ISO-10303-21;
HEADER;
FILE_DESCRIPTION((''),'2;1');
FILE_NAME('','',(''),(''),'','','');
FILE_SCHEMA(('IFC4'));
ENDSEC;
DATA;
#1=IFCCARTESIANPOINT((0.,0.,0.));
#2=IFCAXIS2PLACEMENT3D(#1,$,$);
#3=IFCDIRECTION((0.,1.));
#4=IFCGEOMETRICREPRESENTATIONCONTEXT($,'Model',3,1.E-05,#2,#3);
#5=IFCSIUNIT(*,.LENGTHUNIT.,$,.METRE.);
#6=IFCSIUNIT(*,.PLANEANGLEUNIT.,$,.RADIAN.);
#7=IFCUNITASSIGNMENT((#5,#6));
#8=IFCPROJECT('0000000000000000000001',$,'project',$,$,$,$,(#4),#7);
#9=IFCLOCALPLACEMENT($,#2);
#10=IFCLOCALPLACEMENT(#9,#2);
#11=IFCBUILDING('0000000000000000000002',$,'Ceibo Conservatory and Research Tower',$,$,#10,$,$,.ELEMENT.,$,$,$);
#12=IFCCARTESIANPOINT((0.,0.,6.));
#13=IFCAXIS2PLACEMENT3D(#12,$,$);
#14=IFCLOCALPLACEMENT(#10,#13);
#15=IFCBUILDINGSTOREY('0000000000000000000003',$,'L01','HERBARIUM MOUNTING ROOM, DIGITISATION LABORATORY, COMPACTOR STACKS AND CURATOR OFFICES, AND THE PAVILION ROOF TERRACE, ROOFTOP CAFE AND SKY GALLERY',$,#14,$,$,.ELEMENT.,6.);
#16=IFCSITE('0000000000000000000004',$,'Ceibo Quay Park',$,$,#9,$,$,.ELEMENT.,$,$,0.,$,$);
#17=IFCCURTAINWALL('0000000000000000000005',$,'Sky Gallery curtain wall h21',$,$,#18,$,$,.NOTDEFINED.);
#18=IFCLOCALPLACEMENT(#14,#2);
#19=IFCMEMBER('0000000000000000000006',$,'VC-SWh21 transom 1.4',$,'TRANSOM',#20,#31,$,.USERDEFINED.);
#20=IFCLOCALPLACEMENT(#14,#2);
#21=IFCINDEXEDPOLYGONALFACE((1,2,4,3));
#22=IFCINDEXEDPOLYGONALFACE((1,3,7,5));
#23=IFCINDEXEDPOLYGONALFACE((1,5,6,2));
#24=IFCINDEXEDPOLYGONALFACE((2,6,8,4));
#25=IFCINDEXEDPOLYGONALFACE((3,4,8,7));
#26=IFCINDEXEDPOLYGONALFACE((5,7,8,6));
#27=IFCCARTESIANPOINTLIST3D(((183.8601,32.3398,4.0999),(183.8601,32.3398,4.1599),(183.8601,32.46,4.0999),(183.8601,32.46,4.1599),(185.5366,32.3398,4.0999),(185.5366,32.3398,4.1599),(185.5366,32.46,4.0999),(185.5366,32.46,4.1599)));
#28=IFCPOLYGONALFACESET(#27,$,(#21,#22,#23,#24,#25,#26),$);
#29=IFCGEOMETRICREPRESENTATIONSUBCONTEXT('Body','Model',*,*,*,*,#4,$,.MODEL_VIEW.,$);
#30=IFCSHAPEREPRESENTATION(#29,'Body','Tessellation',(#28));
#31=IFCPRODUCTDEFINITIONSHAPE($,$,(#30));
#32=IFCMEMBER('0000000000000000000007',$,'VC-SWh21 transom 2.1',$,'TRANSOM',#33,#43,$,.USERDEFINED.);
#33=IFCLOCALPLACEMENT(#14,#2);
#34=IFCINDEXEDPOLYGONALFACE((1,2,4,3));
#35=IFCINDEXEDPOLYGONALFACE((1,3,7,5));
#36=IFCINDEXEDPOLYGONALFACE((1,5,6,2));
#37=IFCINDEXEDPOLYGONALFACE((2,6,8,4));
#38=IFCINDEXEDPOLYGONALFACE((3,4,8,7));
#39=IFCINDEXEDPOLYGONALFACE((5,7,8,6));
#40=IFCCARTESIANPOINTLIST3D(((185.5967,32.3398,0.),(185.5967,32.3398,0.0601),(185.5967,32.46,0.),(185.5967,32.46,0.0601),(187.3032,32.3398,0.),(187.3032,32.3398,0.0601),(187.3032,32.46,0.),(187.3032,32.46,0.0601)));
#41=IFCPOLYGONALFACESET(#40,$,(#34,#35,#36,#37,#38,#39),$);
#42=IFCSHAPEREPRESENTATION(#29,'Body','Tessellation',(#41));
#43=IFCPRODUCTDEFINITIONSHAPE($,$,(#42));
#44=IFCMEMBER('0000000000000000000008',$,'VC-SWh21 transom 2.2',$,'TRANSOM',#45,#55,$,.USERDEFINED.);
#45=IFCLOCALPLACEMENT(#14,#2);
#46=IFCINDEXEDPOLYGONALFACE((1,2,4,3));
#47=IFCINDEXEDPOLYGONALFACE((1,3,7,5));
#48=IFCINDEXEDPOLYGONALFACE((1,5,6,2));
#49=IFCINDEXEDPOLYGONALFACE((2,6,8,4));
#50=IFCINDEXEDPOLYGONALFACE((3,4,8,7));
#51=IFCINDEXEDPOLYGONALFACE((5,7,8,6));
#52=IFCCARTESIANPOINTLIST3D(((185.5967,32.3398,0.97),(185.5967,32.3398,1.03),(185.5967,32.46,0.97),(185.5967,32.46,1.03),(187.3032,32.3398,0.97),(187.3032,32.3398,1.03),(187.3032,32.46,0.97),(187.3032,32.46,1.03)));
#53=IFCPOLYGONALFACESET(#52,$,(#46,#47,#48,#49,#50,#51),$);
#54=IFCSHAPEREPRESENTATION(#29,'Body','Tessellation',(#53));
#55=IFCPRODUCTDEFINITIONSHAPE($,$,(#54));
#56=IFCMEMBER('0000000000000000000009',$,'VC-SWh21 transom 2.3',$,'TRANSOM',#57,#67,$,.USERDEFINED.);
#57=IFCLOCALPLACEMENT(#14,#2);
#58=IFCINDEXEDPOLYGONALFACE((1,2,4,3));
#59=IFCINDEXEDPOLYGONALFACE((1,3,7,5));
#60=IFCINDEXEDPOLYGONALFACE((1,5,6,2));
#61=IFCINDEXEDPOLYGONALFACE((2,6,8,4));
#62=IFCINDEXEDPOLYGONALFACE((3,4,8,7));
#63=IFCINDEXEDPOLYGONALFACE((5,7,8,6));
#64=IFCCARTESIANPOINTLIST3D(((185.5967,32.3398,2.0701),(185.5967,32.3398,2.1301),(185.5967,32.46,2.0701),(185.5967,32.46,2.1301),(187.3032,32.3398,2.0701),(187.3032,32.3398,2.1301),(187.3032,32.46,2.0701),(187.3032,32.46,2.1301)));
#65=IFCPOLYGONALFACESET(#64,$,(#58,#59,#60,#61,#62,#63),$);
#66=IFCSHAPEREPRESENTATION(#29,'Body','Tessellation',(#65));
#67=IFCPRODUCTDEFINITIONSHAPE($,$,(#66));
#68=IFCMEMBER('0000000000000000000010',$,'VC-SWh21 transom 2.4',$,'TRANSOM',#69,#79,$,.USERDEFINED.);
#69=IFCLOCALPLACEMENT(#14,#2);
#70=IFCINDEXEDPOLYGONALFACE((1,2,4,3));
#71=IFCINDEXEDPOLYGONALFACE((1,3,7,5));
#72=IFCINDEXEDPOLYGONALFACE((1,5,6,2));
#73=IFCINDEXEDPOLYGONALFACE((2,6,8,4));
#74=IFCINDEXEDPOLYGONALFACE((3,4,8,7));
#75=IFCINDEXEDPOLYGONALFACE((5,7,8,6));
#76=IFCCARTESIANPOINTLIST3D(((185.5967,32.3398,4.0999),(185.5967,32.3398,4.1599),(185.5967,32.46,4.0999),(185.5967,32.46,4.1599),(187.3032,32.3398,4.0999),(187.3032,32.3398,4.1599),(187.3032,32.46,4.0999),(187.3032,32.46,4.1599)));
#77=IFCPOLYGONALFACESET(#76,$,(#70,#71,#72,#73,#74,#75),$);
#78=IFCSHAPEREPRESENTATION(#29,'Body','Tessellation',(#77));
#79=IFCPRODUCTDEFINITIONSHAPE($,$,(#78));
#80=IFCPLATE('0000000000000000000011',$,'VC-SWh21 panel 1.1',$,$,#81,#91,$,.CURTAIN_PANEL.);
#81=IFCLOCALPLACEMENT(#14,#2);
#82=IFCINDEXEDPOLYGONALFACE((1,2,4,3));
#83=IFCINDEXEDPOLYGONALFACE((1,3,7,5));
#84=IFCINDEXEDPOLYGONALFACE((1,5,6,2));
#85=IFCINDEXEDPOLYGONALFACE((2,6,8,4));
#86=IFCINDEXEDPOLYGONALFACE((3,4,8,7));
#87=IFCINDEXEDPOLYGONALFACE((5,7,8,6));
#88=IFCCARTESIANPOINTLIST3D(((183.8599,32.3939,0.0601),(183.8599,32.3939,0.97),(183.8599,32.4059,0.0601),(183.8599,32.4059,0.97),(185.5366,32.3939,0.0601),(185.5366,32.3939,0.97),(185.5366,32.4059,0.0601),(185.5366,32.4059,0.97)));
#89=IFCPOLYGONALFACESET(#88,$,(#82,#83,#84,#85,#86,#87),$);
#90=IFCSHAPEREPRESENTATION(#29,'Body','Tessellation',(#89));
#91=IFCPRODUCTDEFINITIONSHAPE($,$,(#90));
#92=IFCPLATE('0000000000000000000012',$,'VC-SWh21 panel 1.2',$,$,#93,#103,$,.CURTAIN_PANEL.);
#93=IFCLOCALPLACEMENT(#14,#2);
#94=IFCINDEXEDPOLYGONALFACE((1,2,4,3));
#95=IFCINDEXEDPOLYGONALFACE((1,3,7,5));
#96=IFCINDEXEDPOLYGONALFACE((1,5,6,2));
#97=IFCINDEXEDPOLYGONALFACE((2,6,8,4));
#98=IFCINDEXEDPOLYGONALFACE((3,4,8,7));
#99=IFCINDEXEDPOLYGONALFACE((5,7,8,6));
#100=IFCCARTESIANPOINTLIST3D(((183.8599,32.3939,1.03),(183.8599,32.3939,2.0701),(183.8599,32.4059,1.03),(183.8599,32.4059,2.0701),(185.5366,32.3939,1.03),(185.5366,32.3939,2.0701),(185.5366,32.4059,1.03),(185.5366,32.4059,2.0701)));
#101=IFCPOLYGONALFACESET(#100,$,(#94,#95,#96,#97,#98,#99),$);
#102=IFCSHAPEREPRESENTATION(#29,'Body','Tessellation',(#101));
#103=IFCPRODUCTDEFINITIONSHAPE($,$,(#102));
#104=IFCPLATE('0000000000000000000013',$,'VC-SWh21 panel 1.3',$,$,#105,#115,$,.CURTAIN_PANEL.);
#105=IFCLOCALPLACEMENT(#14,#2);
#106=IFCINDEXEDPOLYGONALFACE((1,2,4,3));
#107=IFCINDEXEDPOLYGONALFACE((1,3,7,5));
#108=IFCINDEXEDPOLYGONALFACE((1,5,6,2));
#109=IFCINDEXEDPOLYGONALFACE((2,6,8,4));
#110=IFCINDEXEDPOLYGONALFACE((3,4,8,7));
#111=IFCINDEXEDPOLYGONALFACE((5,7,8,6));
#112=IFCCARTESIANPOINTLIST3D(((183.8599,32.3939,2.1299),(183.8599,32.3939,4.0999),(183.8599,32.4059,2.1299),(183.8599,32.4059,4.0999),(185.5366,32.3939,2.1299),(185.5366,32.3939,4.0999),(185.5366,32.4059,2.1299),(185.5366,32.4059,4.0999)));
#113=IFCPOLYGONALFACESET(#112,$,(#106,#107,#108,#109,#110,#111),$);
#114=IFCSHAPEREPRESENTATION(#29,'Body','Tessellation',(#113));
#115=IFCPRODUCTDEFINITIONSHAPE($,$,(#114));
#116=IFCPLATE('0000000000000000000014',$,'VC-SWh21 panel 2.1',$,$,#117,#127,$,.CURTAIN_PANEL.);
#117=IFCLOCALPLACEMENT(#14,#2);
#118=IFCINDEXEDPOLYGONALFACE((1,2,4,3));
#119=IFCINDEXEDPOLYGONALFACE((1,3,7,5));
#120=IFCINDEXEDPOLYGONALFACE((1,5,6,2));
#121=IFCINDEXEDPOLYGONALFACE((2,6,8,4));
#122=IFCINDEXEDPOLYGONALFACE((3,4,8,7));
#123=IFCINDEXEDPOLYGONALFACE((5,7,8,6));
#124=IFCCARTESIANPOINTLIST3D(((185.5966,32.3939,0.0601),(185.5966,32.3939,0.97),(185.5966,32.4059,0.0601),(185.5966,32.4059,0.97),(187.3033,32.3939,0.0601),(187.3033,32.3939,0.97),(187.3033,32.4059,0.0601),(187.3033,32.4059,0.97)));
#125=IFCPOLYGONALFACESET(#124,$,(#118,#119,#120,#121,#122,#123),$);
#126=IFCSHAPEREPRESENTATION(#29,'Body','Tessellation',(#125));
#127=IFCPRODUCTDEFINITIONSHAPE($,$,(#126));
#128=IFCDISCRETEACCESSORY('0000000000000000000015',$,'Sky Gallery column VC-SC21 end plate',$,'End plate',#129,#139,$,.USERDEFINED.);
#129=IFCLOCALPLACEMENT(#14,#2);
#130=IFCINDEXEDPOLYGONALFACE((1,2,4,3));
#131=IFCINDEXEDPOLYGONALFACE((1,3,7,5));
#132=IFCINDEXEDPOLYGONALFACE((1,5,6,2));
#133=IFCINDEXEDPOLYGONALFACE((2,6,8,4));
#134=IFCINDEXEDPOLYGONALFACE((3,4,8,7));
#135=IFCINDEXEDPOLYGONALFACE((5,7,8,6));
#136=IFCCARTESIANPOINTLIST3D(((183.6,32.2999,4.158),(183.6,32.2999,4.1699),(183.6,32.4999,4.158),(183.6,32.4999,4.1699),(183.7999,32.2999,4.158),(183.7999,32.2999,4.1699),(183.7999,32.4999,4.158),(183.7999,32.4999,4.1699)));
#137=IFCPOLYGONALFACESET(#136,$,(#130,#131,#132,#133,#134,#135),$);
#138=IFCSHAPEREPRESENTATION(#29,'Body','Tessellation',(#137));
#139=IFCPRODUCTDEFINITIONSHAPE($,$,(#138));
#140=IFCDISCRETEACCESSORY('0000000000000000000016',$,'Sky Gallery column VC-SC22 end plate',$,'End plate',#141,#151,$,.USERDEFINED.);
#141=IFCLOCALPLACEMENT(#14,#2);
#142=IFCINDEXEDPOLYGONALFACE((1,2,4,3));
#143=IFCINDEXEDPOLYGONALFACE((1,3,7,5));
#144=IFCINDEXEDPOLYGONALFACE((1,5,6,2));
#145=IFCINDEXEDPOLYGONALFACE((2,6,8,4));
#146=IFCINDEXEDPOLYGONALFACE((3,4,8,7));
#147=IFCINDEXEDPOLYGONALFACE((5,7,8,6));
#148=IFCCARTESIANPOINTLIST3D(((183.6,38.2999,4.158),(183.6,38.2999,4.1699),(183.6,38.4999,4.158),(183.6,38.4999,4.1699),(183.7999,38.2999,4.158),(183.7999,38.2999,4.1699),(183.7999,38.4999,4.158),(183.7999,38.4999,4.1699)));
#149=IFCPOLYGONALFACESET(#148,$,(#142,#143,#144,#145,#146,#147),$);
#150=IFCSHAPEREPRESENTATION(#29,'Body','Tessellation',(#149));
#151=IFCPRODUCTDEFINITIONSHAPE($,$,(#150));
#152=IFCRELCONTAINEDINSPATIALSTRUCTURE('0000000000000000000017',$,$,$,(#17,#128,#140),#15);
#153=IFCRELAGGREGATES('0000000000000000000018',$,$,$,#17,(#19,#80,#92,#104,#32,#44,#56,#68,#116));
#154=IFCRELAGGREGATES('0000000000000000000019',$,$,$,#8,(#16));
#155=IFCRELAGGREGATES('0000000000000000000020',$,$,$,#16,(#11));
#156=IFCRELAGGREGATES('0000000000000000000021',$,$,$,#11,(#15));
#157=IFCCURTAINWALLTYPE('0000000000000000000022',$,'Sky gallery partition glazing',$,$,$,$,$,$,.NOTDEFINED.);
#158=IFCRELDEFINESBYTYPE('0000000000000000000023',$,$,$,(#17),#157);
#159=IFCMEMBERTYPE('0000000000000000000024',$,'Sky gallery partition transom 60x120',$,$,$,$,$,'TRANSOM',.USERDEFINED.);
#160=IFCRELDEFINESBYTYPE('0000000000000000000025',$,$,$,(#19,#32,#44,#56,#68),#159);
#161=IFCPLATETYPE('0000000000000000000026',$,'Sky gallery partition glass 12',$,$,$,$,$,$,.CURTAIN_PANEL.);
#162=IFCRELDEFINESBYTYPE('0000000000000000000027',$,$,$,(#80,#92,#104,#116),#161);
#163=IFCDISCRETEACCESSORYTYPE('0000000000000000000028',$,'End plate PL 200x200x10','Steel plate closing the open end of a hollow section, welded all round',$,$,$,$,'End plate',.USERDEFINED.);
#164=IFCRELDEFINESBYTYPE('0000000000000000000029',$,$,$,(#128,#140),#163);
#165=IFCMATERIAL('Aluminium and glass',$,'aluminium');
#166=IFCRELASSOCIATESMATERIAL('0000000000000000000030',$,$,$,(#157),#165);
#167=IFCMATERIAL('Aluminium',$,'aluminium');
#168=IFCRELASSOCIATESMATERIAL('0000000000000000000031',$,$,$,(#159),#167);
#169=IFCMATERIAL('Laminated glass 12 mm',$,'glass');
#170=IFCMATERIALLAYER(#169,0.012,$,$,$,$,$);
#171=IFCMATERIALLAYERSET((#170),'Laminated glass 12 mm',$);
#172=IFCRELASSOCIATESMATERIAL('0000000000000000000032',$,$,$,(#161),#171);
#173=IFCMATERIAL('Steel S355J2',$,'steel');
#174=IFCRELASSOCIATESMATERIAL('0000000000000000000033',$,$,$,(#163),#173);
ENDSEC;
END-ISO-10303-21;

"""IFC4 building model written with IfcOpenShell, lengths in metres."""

from ifc_helpers import new_model, si_unit, direction, frame, origin, origin_2d, place, context, subcontext, project, spatial, rectangle, extrude, material, layer, layer_set, material_profile, profile_set, type_object, element, aggregate, save


model = new_model("IFC4")

# Units and contexts
model_context = context("Model", 3, precision=1e-05, world=origin(), true_north=direction((0.0, 1.0)))
body_context = subcontext(model_context, "Body", "Model", "MODEL_VIEW")
ifc_project = project(units=[si_unit("LENGTHUNIT", "METRE"), si_unit("PLANEANGLEUNIT", "RADIAN")], contexts=[model_context])

# Site, building, storey
site_placement = place(None, origin())
site = spatial("IfcSite", under=ifc_project, at=site_placement, Name="Ceibo Quay Park", CompositionType="ELEMENT", RefElevation=0.0)
building_placement = place(site_placement, origin())
building = spatial("IfcBuilding", under=site, at=building_placement, Name="Ceibo Conservatory and Research Tower", CompositionType="ELEMENT")
storey_placement = place(building_placement, frame((0.0, 0.0, 6.0)))
storey = spatial("IfcBuildingStorey", under=building, at=storey_placement, Name="L01", Description="HERBARIUM MOUNTING ROOM, DIGITISATION LABORATORY, COMPACTOR STACKS AND CURATOR OFFICES, AND THE PAVILION ROOF TERRACE, ROOFTOP CAFE AND SKY GALLERY", CompositionType="ELEMENT", Elevation=6.0)

# Shared definitions
ifc_material_1 = material(Name="Steel S355J2", Category="steel")

# Curtain wall, members, plates
ifc_material_2 = material(Name="Aluminium and glass", Category="aluminium")
curtain_wall_type = type_object("IfcCurtainWallType", Name="Sky gallery partition glazing", PredefinedType="NOTDEFINED", material=ifc_material_2)
curtain_wall_placement = place(storey_placement, origin())
curtain_wall = element("IfcCurtainWall", 1, at=curtain_wall_placement, inside=storey, type_object=curtain_wall_type, Name="Sky Gallery curtain wall h21", PredefinedType="NOTDEFINED")
ifc_material_3 = material(Name="Aluminium", Category="aluminium")
ifc_material_profile_1 = material_profile(ifc_material_3, rectangle(XDim=0.1201, YDim=0.0601, at=origin_2d()), Name="AL 60x120")
ifc_profile_set_1 = profile_set([ifc_material_profile_1], Name="Aluminium")
member_type_1 = type_object("IfcMemberType", Name="Sky gallery partition transom 60x120", ElementType="TRANSOM", PredefinedType="USERDEFINED", material=ifc_profile_set_1)
member_1_placement = place(storey_placement, frame((183.8601, 32.3999, 4.1299), z_axis=(1.0, 0.0, 0.0), x_axis=(0.0, 1.0, 0.0)))
member_1 = element("IfcMember", 2, at=member_1_placement, type_object=member_type_1, Name="VC-SWh21 transom 1.4", ObjectType="TRANSOM", PredefinedType="USERDEFINED", context=body_context, shape_type="SweptSolid", body=[
    extrude(rectangle(XDim=0.1201, YDim=0.0601, at=origin_2d()), origin(), (0.0, 0.0, 1.0), 1.6765),
])
member_2_placement = place(storey_placement, frame((185.5967, 32.3999, 0.03), z_axis=(1.0, 0.0, 0.0), x_axis=(0.0, 1.0, 0.0)))
member_2 = element("IfcMember", 3, at=member_2_placement, type_object=member_type_1, Name="VC-SWh21 transom 2.1", ObjectType="TRANSOM", PredefinedType="USERDEFINED", context=body_context, shape_type="SweptSolid", body=[
    extrude(rectangle(XDim=0.1201, YDim=0.0601, at=origin_2d()), origin(), (0.0, 0.0, 1.0), 1.7065),
])
member_3_placement = place(storey_placement, frame((185.5967, 32.3999, 1.0), z_axis=(1.0, 0.0, 0.0), x_axis=(0.0, 1.0, 0.0)))
member_3 = element("IfcMember", 4, at=member_3_placement, type_object=member_type_1, Name="VC-SWh21 transom 2.2", ObjectType="TRANSOM", PredefinedType="USERDEFINED", context=body_context, shape_type="SweptSolid", body=[
    extrude(rectangle(XDim=0.1201, YDim=0.0601, at=origin_2d()), origin(), (0.0, 0.0, 1.0), 1.7065),
])
member_4_placement = place(storey_placement, frame((185.5967, 32.3999, 2.1001), z_axis=(1.0, 0.0, 0.0), x_axis=(0.0, 1.0, 0.0)))
member_4 = element("IfcMember", 5, at=member_4_placement, type_object=member_type_1, Name="VC-SWh21 transom 2.3", ObjectType="TRANSOM", PredefinedType="USERDEFINED", context=body_context, shape_type="SweptSolid", body=[
    extrude(rectangle(XDim=0.1201, YDim=0.0601, at=origin_2d()), origin(), (0.0, 0.0, 1.0), 1.7065),
])
member_5_placement = place(storey_placement, frame((185.5967, 32.3999, 4.1299), z_axis=(1.0, 0.0, 0.0), x_axis=(0.0, 1.0, 0.0)))
member_5 = element("IfcMember", 6, at=member_5_placement, type_object=member_type_1, Name="VC-SWh21 transom 2.4", ObjectType="TRANSOM", PredefinedType="USERDEFINED", context=body_context, shape_type="SweptSolid", body=[
    extrude(rectangle(XDim=0.1201, YDim=0.0601, at=origin_2d()), origin(), (0.0, 0.0, 1.0), 1.7065),
])
ifc_material_4 = material(Name="Laminated glass 12 mm", Category="glass")
ifc_layer = layer(ifc_material_4, 0.012)
ifc_layer_set = layer_set([ifc_layer], Name="Laminated glass 12 mm")
plate_type = type_object("IfcPlateType", Name="Sky gallery partition glass 12", PredefinedType="CURTAIN_PANEL", material=ifc_layer_set)
plate_1_placement = place(storey_placement, frame((184.6982, 32.3999, 0.0601), z_axis=(0.0, 0.0, 1.0), x_axis=(1.0, 0.0, 0.0)))
plate_1 = element("IfcPlate", 7, at=plate_1_placement, type_object=plate_type, Name="VC-SWh21 panel 1.1", PredefinedType="CURTAIN_PANEL", context=body_context, shape_type="SweptSolid", body=[
    extrude(rectangle(XDim=1.6768, YDim=0.012, at=origin_2d()), origin(), (0.0, 0.0, 1.0), 0.9099),
])
plate_2_placement = place(storey_placement, frame((184.6982, 32.3999, 1.03), z_axis=(0.0, 0.0, 1.0), x_axis=(1.0, 0.0, 0.0)))
plate_2 = element("IfcPlate", 8, at=plate_2_placement, type_object=plate_type, Name="VC-SWh21 panel 1.2", PredefinedType="CURTAIN_PANEL", context=body_context, shape_type="SweptSolid", body=[
    extrude(rectangle(XDim=1.6768, YDim=0.012, at=origin_2d()), origin(), (0.0, 0.0, 1.0), 1.04),
])
plate_3_placement = place(storey_placement, frame((184.6982, 32.3999, 2.1299), z_axis=(0.0, 0.0, 1.0), x_axis=(1.0, 0.0, 0.0)))
plate_3 = element("IfcPlate", 9, at=plate_3_placement, type_object=plate_type, Name="VC-SWh21 panel 1.3", PredefinedType="CURTAIN_PANEL", context=body_context, shape_type="SweptSolid", body=[
    extrude(rectangle(XDim=1.6768, YDim=0.012, at=origin_2d()), origin(), (0.0, 0.0, 1.0), 1.97),
])
plate_4_placement = place(storey_placement, frame((186.45, 32.3999, 0.0601), z_axis=(0.0, 0.0, 1.0), x_axis=(1.0, 0.0, 0.0)))
plate_4 = element("IfcPlate", 10, at=plate_4_placement, type_object=plate_type, Name="VC-SWh21 panel 2.1", PredefinedType="CURTAIN_PANEL", context=body_context, shape_type="SweptSolid", body=[
    extrude(rectangle(XDim=1.7068, YDim=0.012, at=origin_2d()), origin(), (0.0, 0.0, 1.0), 0.9099),
])
aggregate(curtain_wall, [member_1, plate_1, plate_2, plate_3, member_2, member_3, member_4, member_5, plate_4])

# Discrete accessories
ifc_material_profile_2 = material_profile(ifc_material_1, rectangle(XDim=0.2, YDim=0.2, at=origin_2d()), Name="End plate PL 200x200x10")
ifc_profile_set_2 = profile_set([ifc_material_profile_2], Name="Steel S355J2")
discrete_accessory_type = type_object("IfcDiscreteAccessoryType", Name="End plate PL 200x200x10", Description="Steel plate closing the open end of a hollow section, welded all round", ElementType="End plate", PredefinedType="USERDEFINED", material=ifc_profile_set_2)
for number, where, z_axis, x_axis, name in (
    (11, (183.7, 32.3999, 4.158), (0.0, 0.0, 1.0), (1.0, 0.0, 0.0), "Sky Gallery column VC-SC21 end plate"),
    (12, (183.7, 38.3999, 4.158), (0.0, 0.0, 1.0), (1.0, 0.0, 0.0), "Sky Gallery column VC-SC22 end plate"),
):
    element("IfcDiscreteAccessory", number, at=place(storey_placement, frame(where, z_axis=z_axis, x_axis=x_axis)), inside=storey, type_object=discrete_accessory_type, Name=name, ObjectType="End plate", PredefinedType="USERDEFINED", context=body_context, shape_type="SweptSolid", body=[
        extrude(rectangle(XDim=0.2, YDim=0.2, at=origin_2d()), origin(), (0.0, 0.0, 1.0), 0.012),
    ])

save(model, "model.ifc")
